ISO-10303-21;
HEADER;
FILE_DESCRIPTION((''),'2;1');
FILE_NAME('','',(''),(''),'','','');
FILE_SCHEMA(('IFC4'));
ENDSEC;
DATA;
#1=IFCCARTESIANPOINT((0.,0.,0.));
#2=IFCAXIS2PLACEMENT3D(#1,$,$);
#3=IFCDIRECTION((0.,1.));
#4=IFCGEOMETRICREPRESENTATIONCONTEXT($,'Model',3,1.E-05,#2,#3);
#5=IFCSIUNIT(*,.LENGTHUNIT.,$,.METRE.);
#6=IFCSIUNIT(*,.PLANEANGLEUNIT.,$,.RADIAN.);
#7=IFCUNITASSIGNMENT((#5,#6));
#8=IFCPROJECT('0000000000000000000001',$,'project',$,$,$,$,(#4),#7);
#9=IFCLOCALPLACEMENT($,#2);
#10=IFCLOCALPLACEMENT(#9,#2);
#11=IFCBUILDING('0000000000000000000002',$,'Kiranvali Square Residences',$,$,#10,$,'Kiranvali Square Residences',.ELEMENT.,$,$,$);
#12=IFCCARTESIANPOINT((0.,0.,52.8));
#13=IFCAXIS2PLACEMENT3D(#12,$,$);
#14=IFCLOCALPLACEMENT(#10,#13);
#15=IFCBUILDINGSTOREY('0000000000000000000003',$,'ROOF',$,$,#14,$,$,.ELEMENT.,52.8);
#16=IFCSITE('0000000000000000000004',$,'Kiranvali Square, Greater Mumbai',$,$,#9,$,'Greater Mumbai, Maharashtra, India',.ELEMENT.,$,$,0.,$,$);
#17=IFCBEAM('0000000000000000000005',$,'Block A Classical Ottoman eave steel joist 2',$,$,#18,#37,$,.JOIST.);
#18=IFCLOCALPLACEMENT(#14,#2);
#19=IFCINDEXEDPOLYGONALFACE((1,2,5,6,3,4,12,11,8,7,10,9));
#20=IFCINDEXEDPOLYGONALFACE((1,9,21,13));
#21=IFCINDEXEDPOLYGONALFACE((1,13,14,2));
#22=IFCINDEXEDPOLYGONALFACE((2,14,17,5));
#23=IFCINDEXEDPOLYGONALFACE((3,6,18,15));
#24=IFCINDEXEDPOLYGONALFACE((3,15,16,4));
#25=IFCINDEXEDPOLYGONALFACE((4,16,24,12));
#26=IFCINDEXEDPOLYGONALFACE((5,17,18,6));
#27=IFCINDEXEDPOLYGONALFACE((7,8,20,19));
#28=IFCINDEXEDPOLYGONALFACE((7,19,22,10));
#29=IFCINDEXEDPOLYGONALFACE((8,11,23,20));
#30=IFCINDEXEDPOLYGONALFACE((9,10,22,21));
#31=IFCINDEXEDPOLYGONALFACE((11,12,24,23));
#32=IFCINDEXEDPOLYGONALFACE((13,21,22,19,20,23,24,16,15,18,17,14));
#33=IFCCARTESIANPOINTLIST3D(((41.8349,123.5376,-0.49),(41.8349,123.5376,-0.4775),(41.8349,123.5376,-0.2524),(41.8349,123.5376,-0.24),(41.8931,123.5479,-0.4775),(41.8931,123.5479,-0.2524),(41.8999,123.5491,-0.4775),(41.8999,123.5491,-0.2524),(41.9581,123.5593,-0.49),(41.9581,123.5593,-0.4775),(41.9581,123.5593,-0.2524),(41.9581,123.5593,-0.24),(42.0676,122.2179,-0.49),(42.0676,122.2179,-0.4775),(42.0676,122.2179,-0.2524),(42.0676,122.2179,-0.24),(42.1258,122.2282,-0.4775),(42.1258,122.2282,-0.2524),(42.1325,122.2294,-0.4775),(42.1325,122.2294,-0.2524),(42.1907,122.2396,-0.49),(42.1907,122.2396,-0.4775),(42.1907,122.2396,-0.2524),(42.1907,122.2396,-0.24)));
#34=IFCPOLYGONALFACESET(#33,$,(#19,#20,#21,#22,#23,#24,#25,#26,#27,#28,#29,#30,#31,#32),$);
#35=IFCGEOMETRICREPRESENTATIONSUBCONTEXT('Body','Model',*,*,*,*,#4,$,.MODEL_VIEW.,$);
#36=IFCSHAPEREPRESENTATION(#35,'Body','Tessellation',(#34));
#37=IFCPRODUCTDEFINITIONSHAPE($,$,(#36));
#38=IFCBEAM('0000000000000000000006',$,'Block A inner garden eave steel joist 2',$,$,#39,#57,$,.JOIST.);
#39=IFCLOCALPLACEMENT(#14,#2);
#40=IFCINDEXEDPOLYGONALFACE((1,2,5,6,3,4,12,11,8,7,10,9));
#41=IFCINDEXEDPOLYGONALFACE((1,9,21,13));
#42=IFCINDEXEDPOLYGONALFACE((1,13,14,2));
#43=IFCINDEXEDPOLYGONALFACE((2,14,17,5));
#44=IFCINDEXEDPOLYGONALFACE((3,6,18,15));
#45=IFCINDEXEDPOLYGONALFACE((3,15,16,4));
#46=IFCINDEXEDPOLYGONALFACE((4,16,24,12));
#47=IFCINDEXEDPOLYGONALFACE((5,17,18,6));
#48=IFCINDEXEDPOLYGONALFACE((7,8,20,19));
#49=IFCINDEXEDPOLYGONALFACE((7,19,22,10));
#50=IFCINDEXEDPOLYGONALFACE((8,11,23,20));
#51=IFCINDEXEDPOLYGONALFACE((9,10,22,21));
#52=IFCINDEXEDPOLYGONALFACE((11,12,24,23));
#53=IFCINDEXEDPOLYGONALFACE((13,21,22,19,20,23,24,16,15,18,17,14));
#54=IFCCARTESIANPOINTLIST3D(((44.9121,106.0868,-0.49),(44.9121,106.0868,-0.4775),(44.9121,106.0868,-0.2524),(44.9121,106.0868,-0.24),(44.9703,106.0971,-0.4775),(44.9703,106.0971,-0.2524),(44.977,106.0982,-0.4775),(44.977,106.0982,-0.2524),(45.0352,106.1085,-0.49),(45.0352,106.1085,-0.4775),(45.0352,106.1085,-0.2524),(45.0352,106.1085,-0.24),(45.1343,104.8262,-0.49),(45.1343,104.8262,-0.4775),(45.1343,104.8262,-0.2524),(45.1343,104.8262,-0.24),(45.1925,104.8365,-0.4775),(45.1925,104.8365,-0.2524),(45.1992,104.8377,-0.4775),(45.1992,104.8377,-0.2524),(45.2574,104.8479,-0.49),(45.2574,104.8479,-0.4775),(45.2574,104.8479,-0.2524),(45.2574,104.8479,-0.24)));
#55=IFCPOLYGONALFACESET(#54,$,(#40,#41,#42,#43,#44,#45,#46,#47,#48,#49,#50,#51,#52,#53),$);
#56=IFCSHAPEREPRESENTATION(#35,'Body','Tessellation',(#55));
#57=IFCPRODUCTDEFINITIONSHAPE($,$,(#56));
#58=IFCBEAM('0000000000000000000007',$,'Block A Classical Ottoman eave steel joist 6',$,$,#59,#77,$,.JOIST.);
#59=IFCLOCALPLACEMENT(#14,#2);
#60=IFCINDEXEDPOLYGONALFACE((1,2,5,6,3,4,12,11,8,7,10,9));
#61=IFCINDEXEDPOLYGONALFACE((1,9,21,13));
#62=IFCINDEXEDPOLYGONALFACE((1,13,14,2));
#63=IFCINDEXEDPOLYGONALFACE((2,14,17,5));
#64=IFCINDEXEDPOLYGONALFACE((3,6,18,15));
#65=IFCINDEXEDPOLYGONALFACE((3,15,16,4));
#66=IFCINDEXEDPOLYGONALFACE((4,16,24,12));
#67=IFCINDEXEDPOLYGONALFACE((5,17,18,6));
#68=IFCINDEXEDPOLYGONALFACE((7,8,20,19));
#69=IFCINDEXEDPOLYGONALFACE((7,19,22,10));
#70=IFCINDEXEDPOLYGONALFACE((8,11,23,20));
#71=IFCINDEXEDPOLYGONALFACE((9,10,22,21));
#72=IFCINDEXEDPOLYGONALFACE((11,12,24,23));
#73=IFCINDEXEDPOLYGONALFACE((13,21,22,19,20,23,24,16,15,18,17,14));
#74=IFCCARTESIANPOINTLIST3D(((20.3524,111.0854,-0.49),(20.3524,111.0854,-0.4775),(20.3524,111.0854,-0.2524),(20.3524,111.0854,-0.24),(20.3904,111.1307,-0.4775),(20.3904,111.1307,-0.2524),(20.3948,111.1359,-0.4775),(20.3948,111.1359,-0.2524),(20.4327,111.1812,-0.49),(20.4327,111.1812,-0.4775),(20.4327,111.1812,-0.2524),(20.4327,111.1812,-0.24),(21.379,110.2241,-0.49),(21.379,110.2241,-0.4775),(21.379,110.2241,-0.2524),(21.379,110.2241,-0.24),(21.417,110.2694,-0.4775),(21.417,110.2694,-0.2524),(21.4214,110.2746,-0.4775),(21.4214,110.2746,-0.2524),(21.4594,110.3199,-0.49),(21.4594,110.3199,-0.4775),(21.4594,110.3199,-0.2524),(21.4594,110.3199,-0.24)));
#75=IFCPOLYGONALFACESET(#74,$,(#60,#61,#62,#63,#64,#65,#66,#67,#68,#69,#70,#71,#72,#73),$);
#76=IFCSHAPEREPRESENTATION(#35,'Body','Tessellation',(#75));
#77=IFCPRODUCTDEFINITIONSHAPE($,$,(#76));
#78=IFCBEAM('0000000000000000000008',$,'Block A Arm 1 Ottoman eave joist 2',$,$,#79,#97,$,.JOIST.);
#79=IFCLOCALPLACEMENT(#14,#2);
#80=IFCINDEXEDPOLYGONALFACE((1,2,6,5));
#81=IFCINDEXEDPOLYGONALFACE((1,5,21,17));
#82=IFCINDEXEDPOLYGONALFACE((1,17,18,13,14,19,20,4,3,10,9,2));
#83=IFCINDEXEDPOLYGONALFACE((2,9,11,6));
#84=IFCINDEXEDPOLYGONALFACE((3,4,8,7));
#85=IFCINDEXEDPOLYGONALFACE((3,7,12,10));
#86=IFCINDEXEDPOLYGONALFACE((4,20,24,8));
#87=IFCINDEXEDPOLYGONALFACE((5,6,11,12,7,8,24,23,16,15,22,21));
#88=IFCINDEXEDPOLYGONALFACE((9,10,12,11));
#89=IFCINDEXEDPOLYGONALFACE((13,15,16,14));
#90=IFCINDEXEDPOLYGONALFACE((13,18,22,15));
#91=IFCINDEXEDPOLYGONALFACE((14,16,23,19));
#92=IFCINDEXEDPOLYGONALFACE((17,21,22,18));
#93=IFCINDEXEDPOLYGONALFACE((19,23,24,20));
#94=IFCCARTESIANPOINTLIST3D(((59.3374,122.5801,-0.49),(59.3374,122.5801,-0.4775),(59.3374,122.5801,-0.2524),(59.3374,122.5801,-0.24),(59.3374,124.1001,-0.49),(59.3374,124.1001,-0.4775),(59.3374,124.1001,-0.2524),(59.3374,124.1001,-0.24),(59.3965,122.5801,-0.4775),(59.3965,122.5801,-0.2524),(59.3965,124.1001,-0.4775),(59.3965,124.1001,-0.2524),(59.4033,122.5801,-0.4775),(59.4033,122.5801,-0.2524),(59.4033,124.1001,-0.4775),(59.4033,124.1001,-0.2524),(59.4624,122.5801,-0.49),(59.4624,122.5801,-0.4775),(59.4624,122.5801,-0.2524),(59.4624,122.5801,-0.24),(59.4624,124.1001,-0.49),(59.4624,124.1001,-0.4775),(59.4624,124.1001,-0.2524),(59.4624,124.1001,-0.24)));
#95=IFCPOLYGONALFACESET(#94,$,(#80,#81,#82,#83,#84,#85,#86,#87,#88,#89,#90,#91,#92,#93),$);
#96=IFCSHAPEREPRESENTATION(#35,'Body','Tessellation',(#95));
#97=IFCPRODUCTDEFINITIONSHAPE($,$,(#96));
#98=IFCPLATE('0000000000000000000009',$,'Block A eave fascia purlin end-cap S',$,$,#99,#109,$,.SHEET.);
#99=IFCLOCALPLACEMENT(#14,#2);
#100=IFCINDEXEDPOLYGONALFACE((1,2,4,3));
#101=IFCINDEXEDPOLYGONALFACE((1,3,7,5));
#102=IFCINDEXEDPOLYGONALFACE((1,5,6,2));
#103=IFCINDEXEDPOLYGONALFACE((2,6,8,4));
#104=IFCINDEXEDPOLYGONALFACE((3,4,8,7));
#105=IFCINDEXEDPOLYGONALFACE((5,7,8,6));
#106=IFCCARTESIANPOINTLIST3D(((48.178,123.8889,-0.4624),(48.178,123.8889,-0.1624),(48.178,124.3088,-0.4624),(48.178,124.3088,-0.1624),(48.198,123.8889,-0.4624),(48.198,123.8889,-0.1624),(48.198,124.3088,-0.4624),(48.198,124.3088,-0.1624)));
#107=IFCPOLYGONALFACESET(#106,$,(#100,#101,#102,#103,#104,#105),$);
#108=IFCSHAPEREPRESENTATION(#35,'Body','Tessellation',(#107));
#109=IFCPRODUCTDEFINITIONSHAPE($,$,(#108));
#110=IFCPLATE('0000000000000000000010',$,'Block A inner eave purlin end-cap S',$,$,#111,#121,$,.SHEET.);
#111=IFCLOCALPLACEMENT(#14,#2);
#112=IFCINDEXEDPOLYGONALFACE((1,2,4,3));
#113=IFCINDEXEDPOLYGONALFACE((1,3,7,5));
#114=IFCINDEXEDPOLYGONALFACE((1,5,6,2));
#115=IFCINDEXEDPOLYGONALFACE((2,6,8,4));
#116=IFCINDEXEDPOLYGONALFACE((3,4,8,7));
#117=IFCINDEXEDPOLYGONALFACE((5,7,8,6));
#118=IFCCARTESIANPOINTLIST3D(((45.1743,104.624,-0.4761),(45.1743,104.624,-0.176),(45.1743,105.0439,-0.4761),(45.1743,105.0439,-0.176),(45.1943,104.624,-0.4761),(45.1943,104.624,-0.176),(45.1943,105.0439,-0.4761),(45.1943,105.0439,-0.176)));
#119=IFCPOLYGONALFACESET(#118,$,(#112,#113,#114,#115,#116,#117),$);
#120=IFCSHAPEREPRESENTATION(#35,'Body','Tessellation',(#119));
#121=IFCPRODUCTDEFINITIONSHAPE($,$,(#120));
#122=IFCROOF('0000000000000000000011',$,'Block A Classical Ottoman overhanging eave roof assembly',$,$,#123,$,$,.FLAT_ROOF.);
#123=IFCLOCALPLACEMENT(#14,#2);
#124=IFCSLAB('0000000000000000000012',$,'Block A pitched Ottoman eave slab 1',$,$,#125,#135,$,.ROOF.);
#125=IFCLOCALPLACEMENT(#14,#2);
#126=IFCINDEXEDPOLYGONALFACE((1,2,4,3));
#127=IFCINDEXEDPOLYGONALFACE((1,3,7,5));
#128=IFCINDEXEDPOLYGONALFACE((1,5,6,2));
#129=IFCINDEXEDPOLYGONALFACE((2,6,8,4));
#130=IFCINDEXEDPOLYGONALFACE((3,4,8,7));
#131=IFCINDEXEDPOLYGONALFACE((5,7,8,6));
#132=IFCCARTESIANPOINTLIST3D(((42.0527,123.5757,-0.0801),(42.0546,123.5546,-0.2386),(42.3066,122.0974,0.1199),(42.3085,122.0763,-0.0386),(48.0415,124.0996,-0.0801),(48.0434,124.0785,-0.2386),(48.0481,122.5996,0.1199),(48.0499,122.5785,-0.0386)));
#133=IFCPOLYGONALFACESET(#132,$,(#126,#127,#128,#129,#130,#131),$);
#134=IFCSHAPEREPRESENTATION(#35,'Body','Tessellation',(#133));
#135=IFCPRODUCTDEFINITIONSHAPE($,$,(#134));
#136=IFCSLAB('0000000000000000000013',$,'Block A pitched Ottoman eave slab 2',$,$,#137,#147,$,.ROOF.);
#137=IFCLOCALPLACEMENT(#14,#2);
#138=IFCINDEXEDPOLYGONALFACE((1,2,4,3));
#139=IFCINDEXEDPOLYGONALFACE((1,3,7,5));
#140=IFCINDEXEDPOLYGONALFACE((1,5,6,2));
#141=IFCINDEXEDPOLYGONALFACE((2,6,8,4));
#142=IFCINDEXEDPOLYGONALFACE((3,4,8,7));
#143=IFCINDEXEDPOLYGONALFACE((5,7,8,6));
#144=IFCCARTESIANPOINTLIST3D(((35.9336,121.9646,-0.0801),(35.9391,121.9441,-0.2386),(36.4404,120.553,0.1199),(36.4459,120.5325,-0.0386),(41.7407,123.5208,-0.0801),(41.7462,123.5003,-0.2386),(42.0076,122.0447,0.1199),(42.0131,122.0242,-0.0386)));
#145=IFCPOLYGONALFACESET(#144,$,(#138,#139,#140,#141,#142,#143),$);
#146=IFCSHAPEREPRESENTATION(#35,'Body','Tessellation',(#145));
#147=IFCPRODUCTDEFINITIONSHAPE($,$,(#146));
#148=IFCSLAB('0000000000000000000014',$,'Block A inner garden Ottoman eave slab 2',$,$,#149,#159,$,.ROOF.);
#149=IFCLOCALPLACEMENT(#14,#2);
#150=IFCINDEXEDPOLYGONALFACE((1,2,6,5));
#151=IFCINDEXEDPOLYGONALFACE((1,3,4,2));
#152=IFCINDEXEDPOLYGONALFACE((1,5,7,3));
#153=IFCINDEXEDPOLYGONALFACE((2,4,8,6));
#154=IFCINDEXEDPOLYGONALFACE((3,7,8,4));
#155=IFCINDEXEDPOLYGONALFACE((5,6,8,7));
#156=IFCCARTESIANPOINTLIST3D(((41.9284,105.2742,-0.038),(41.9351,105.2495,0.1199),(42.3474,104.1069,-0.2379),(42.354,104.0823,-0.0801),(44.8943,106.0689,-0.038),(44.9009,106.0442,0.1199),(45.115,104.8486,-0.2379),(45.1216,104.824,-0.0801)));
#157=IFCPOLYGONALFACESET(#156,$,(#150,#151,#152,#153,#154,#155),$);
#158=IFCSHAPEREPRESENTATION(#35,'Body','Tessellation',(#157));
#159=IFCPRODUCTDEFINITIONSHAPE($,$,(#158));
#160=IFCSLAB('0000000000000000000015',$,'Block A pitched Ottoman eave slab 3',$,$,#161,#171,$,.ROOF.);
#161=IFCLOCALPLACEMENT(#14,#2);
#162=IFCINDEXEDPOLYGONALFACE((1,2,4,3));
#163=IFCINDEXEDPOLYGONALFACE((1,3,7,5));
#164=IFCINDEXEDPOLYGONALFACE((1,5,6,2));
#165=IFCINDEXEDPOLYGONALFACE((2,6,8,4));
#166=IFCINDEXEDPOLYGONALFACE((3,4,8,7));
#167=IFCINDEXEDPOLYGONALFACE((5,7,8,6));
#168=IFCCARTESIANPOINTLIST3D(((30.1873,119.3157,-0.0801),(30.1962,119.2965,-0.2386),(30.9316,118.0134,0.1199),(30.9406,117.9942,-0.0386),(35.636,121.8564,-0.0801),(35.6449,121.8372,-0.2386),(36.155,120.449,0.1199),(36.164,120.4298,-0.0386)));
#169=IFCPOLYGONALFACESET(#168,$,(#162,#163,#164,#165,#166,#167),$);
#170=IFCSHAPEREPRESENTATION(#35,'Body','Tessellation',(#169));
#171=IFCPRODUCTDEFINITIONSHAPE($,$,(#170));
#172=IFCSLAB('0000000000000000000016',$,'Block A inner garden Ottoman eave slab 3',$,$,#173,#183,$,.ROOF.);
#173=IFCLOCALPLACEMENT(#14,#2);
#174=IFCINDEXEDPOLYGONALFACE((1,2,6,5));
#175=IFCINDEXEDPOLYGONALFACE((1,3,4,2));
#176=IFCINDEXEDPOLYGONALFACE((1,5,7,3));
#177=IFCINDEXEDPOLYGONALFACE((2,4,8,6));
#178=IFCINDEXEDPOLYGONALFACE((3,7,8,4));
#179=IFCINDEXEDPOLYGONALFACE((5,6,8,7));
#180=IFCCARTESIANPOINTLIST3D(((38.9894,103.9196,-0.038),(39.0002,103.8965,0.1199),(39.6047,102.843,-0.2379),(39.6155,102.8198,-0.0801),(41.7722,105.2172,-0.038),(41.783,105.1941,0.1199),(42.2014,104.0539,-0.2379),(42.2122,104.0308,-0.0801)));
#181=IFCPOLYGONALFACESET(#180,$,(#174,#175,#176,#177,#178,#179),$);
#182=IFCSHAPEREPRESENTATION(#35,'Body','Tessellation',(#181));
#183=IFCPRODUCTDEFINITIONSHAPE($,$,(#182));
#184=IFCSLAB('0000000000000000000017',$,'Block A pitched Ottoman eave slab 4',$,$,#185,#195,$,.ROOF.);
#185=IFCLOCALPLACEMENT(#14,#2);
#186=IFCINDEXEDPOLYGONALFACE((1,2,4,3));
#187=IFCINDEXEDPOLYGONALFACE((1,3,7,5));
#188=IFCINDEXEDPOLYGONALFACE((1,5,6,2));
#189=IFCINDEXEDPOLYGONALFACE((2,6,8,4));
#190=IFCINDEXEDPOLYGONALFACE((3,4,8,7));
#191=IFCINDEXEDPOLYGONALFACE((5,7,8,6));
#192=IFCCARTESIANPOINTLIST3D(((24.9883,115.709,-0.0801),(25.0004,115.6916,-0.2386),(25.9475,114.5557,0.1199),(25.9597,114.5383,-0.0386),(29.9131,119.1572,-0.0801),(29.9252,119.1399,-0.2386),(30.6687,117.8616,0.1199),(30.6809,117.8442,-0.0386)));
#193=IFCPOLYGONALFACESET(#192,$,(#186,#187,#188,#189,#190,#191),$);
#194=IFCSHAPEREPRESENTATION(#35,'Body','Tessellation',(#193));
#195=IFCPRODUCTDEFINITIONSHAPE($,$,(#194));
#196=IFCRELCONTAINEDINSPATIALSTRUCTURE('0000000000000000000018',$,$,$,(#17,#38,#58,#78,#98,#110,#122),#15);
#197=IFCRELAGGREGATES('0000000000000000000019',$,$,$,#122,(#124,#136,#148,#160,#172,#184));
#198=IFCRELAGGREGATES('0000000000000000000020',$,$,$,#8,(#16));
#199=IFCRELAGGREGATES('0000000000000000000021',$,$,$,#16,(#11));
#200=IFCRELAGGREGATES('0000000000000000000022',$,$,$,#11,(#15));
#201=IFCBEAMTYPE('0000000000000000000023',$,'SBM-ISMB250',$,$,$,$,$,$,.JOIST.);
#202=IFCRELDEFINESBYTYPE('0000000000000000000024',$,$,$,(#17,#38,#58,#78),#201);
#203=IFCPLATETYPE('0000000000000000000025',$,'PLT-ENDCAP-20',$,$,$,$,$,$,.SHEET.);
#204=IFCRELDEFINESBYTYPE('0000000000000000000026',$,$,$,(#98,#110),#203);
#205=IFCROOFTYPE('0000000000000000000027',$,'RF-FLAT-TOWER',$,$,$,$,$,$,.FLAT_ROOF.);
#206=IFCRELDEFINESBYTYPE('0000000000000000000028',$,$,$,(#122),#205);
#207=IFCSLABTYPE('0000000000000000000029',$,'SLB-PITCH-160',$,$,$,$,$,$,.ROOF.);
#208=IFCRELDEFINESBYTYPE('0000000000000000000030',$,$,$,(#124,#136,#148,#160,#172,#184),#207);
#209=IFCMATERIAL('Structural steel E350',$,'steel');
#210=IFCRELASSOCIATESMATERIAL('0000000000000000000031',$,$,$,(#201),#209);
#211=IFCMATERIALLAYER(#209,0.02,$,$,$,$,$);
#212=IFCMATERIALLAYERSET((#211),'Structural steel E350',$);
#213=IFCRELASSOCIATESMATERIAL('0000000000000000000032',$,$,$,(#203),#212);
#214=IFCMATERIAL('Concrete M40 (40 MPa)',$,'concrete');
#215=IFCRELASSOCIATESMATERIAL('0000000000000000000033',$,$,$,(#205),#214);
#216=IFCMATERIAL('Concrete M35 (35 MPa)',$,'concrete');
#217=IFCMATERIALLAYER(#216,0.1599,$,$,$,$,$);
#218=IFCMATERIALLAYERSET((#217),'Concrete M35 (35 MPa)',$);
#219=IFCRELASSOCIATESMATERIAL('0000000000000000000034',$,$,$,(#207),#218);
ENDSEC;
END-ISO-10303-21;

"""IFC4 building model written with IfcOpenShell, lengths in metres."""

from ifc_helpers import new_model, si_unit, direction, frame, origin, origin_2d, place, context, subcontext, project, spatial, polyline, rectangle, i_section, outline, extrude, material, layer, layer_set, material_profile, profile_set, type_object, element, aggregate, save


model = new_model("IFC4")

# Units and contexts
model_context = context("Model", 3, precision=1e-05, world=origin(), true_north=direction((0.0, 1.0)))
body_context = subcontext(model_context, "Body", "Model", "MODEL_VIEW")
ifc_project = project(units=[si_unit("LENGTHUNIT", "METRE"), si_unit("PLANEANGLEUNIT", "RADIAN")], contexts=[model_context])

# Site, building, storey
site_placement = place(None, origin())
site = spatial("IfcSite", under=ifc_project, at=site_placement, Name="Kiranvali Square, Greater Mumbai", LongName="Greater Mumbai, Maharashtra, India", CompositionType="ELEMENT", RefElevation=0.0)
building_placement = place(site_placement, origin())
building = spatial("IfcBuilding", under=site, at=building_placement, Name="Kiranvali Square Residences", LongName="Kiranvali Square Residences", CompositionType="ELEMENT")
storey_placement = place(building_placement, frame((0.0, 0.0, 52.8)))
storey = spatial("IfcBuildingStorey", under=building, at=storey_placement, Name="ROOF", CompositionType="ELEMENT", Elevation=52.8)

# Shared definitions
ifc_material_1 = material(Name="Structural steel E350", Category="steel")

# Beams
ifc_material_profile_1 = material_profile(ifc_material_1, i_section(OverallWidth=0.125, OverallDepth=0.25, WebThickness=0.0068, FlangeThickness=0.0125, at=origin_2d()), Name="ISMB 250")
ifc_profile_set_1 = profile_set([ifc_material_profile_1], Name="Structural steel E350")
beam_type_1 = type_object("IfcBeamType", Name="SBM-ISMB250", PredefinedType="JOIST", material=ifc_profile_set_1)
beam_1_placement = place(storey_placement, frame((42.1292, 122.2288, -0.365), z_axis=(-0.173609, 0.984815, 0.0), x_axis=(-0.984815, -0.173609, 0.0)))
element("IfcBeam", 1, at=beam_1_placement, inside=storey, type_object=beam_type_1, Name="Block A Classical Ottoman eave steel joist 2", PredefinedType="JOIST", context=body_context, shape_type="SweptSolid", body=[
    extrude(i_section(OverallWidth=0.125, OverallDepth=0.25, WebThickness=0.0068, FlangeThickness=0.0125, at=origin_2d()), origin(), (0.0, 0.0, 1.0), 1.3401),
])
beam_2_placement = place(storey_placement, frame((44.9736, 106.0977, -0.365), z_axis=(0.173579, -0.98482, 0.0), x_axis=(0.98482, 0.173579, 0.0)))
element("IfcBeam", 2, at=beam_2_placement, inside=storey, type_object=beam_type_1, Name="Block A inner garden eave steel joist 2", PredefinedType="JOIST", context=body_context, shape_type="SweptSolid", body=[
    extrude(i_section(OverallWidth=0.125, OverallDepth=0.25, WebThickness=0.0068, FlangeThickness=0.0125, at=origin_2d()), origin(), (0.0, 0.0, 1.0), 1.28),
])
beam_3_placement = place(storey_placement, frame((21.4192, 110.272, -0.365), z_axis=(-0.766082, 0.642743, 0.0), x_axis=(-0.642743, -0.766082, 0.0)))
element("IfcBeam", 3, at=beam_3_placement, inside=storey, type_object=beam_type_1, Name="Block A Classical Ottoman eave steel joist 6", PredefinedType="JOIST", context=body_context, shape_type="SweptSolid", body=[
    extrude(i_section(OverallWidth=0.125, OverallDepth=0.25, WebThickness=0.0068, FlangeThickness=0.0125, at=origin_2d()), origin(), (0.0, 0.0, 1.0), 1.3401),
])
beam_4_placement = place(storey_placement, frame((59.3999, 122.5801, -0.365), z_axis=(0.0, 1.0, 0.0), x_axis=(-1.0, 0.0, 0.0)))
element("IfcBeam", 4, at=beam_4_placement, inside=storey, type_object=beam_type_1, Name="Block A Arm 1 Ottoman eave joist 2", PredefinedType="JOIST", context=body_context, shape_type="SweptSolid", body=[
    extrude(i_section(OverallWidth=0.125, OverallDepth=0.25, WebThickness=0.0068, FlangeThickness=0.0125, at=origin_2d()), origin(), (0.0, 0.0, 1.0), 1.52),
])

# Plates
ifc_layer_1 = layer(ifc_material_1, 0.02)
ifc_layer_set_1 = layer_set([ifc_layer_1], Name="Structural steel E350")
plate_type = type_object("IfcPlateType", Name="PLT-ENDCAP-20", PredefinedType="SHEET", material=ifc_layer_set_1)
for number, where, z_axis, x_axis, name in (
    (5, (48.188, 124.0989, -0.4624), (0.0, 0.0, 1.0), (1.0, 0.0, 0.0), "Block A eave fascia purlin end-cap S"),
    (6, (45.1843, 104.834, -0.4761), (0.0, 0.0, 1.0), (1.0, 0.0, 0.0), "Block A inner eave purlin end-cap S"),
):
    element("IfcPlate", number, at=place(storey_placement, frame(where, z_axis=z_axis, x_axis=x_axis)), inside=storey, type_object=plate_type, Name=name, PredefinedType="SHEET", context=body_context, shape_type="SweptSolid", body=[
        extrude(rectangle(XDim=0.02, YDim=0.4199, at=origin_2d()), origin(), (0.0, 0.0, 1.0), 0.3),
    ])

# Roof, slabs
ifc_material_2 = material(Name="Concrete M40 (40 MPa)", Category="concrete")
roof_type = type_object("IfcRoofType", Name="RF-FLAT-TOWER", PredefinedType="FLAT_ROOF", material=ifc_material_2)
roof_placement = place(storey_placement, origin())
roof = element("IfcRoof", 7, at=roof_placement, inside=storey, type_object=roof_type, Name="Block A Classical Ottoman overhanging eave roof assembly", PredefinedType="FLAT_ROOF")
ifc_material_3 = material(Name="Concrete M35 (35 MPa)", Category="concrete")
ifc_layer_2 = layer(ifc_material_3, 0.1599)
ifc_layer_set_2 = layer_set([ifc_layer_2], Name="Concrete M35 (35 MPa)")
slab_type = type_object("IfcSlabType", Name="SLB-PITCH-160", PredefinedType="ROOF", material=ifc_layer_set_2)
slab_1_placement = place(storey_placement, frame((48.0481, 122.5996, 0.1199), z_axis=(-0.011554, 0.132077, 0.991172), x_axis=(-0.996196, -0.087136, -0.000001)))
slab_1 = element("IfcSlab", 8, at=slab_1_placement, type_object=slab_type, Name="Block A pitched Ottoman eave slab 1", PredefinedType="ROOF", context=body_context, shape_type="SweptSolid", body=[
    extrude(outline(polyline([(0.0, 0.0), (5.7634, 0.0), (5.8875, -1.5081), (-0.1241, -1.5082), (0.0, 0.0)])), origin(), (0.0, 0.0, -1.0), 0.1599),
])
slab_2_placement = place(storey_placement, frame((42.0076, 122.0447, 0.1199), z_axis=(-0.034317, 0.128068, 0.991171), x_axis=(-0.965926, -0.258817, -0.000002)))
slab_2 = element("IfcSlab", 9, at=slab_2_placement, type_object=slab_type, Name="Block A pitched Ottoman eave slab 2", PredefinedType="ROOF", context=body_context, shape_type="SweptSolid", body=[
    extrude(outline(polyline([(0.0, 0.0), (5.7635, 0.0), (5.8877, -1.508), (-0.1243, -1.5082), (0.0, 0.0)])), origin(), (0.0, 0.0, -1.0), 0.1599),
])
slab_3_placement = place(storey_placement, frame((44.9009, 106.0442, 0.1199), z_axis=(0.041341, -0.154275, 0.987163), x_axis=(-0.965927, -0.258816, 0.000004)))
slab_3 = element("IfcSlab", 10, at=slab_3_placement, type_object=slab_type, Name="Block A inner garden Ottoman eave slab 2", PredefinedType="ROOF", context=body_context, shape_type="SweptSolid", body=[
    extrude(outline(polyline([(0.0, 0.0), (3.0704, 0.0), (2.9679, 1.252), (0.1026, 1.2518), (0.0, 0.0)])), origin(), (0.0, 0.0, -1.0), 0.1599),
])
slab_4_placement = place(storey_placement, frame((36.155, 120.449, 0.1199), z_axis=(-0.056027, 0.120155, 0.991173), x_axis=(-0.906318, -0.422596, -0.000002)))
slab_4 = element("IfcSlab", 11, at=slab_4_placement, type_object=slab_type, Name="Block A pitched Ottoman eave slab 3", PredefinedType="ROOF", context=body_context, shape_type="SweptSolid", body=[
    extrude(outline(polyline([(0.0, 0.0), (5.7633, 0.0), (5.8876, -1.5081), (-0.1244, -1.5083), (0.0, 0.0)])), origin(), (0.0, 0.0, -1.0), 0.1599),
])
slab_5_placement = place(storey_placement, frame((41.783, 105.1941, 0.1199), z_axis=(0.067506, -0.144761, 0.987161), x_axis=(-0.906307, -0.42262, 0.000002)))
slab_5 = element("IfcSlab", 12, at=slab_5_placement, type_object=slab_type, Name="Block A inner garden Ottoman eave slab 3", PredefinedType="ROOF", context=body_context, shape_type="SweptSolid", body=[
    extrude(outline(polyline([(0.0, 0.0), (3.0704, 0.0), (2.9678, 1.2519), (0.1027, 1.2518), (0.0, 0.0)])), origin(), (0.0, 0.0, -1.0), 0.1599),
])
slab_6_placement = place(storey_placement, frame((30.6687, 117.8616, 0.1199), z_axis=(-0.076045, 0.108604, 0.991172), x_axis=(-0.819145, -0.573587, 0.000002)))
slab_6 = element("IfcSlab", 13, at=slab_6_placement, type_object=slab_type, Name="Block A pitched Ottoman eave slab 4", PredefinedType="ROOF", context=body_context, shape_type="SweptSolid", body=[
    extrude(outline(polyline([(0.0, 0.0), (5.7636, 0.0), (5.8878, -1.5082), (-0.1242, -1.5081), (0.0, 0.0)])), origin(), (0.0, 0.0, -1.0), 0.1599),
])
aggregate(roof, [slab_1, slab_2, slab_3, slab_4, slab_5, slab_6])

save(model, "model.ifc")
